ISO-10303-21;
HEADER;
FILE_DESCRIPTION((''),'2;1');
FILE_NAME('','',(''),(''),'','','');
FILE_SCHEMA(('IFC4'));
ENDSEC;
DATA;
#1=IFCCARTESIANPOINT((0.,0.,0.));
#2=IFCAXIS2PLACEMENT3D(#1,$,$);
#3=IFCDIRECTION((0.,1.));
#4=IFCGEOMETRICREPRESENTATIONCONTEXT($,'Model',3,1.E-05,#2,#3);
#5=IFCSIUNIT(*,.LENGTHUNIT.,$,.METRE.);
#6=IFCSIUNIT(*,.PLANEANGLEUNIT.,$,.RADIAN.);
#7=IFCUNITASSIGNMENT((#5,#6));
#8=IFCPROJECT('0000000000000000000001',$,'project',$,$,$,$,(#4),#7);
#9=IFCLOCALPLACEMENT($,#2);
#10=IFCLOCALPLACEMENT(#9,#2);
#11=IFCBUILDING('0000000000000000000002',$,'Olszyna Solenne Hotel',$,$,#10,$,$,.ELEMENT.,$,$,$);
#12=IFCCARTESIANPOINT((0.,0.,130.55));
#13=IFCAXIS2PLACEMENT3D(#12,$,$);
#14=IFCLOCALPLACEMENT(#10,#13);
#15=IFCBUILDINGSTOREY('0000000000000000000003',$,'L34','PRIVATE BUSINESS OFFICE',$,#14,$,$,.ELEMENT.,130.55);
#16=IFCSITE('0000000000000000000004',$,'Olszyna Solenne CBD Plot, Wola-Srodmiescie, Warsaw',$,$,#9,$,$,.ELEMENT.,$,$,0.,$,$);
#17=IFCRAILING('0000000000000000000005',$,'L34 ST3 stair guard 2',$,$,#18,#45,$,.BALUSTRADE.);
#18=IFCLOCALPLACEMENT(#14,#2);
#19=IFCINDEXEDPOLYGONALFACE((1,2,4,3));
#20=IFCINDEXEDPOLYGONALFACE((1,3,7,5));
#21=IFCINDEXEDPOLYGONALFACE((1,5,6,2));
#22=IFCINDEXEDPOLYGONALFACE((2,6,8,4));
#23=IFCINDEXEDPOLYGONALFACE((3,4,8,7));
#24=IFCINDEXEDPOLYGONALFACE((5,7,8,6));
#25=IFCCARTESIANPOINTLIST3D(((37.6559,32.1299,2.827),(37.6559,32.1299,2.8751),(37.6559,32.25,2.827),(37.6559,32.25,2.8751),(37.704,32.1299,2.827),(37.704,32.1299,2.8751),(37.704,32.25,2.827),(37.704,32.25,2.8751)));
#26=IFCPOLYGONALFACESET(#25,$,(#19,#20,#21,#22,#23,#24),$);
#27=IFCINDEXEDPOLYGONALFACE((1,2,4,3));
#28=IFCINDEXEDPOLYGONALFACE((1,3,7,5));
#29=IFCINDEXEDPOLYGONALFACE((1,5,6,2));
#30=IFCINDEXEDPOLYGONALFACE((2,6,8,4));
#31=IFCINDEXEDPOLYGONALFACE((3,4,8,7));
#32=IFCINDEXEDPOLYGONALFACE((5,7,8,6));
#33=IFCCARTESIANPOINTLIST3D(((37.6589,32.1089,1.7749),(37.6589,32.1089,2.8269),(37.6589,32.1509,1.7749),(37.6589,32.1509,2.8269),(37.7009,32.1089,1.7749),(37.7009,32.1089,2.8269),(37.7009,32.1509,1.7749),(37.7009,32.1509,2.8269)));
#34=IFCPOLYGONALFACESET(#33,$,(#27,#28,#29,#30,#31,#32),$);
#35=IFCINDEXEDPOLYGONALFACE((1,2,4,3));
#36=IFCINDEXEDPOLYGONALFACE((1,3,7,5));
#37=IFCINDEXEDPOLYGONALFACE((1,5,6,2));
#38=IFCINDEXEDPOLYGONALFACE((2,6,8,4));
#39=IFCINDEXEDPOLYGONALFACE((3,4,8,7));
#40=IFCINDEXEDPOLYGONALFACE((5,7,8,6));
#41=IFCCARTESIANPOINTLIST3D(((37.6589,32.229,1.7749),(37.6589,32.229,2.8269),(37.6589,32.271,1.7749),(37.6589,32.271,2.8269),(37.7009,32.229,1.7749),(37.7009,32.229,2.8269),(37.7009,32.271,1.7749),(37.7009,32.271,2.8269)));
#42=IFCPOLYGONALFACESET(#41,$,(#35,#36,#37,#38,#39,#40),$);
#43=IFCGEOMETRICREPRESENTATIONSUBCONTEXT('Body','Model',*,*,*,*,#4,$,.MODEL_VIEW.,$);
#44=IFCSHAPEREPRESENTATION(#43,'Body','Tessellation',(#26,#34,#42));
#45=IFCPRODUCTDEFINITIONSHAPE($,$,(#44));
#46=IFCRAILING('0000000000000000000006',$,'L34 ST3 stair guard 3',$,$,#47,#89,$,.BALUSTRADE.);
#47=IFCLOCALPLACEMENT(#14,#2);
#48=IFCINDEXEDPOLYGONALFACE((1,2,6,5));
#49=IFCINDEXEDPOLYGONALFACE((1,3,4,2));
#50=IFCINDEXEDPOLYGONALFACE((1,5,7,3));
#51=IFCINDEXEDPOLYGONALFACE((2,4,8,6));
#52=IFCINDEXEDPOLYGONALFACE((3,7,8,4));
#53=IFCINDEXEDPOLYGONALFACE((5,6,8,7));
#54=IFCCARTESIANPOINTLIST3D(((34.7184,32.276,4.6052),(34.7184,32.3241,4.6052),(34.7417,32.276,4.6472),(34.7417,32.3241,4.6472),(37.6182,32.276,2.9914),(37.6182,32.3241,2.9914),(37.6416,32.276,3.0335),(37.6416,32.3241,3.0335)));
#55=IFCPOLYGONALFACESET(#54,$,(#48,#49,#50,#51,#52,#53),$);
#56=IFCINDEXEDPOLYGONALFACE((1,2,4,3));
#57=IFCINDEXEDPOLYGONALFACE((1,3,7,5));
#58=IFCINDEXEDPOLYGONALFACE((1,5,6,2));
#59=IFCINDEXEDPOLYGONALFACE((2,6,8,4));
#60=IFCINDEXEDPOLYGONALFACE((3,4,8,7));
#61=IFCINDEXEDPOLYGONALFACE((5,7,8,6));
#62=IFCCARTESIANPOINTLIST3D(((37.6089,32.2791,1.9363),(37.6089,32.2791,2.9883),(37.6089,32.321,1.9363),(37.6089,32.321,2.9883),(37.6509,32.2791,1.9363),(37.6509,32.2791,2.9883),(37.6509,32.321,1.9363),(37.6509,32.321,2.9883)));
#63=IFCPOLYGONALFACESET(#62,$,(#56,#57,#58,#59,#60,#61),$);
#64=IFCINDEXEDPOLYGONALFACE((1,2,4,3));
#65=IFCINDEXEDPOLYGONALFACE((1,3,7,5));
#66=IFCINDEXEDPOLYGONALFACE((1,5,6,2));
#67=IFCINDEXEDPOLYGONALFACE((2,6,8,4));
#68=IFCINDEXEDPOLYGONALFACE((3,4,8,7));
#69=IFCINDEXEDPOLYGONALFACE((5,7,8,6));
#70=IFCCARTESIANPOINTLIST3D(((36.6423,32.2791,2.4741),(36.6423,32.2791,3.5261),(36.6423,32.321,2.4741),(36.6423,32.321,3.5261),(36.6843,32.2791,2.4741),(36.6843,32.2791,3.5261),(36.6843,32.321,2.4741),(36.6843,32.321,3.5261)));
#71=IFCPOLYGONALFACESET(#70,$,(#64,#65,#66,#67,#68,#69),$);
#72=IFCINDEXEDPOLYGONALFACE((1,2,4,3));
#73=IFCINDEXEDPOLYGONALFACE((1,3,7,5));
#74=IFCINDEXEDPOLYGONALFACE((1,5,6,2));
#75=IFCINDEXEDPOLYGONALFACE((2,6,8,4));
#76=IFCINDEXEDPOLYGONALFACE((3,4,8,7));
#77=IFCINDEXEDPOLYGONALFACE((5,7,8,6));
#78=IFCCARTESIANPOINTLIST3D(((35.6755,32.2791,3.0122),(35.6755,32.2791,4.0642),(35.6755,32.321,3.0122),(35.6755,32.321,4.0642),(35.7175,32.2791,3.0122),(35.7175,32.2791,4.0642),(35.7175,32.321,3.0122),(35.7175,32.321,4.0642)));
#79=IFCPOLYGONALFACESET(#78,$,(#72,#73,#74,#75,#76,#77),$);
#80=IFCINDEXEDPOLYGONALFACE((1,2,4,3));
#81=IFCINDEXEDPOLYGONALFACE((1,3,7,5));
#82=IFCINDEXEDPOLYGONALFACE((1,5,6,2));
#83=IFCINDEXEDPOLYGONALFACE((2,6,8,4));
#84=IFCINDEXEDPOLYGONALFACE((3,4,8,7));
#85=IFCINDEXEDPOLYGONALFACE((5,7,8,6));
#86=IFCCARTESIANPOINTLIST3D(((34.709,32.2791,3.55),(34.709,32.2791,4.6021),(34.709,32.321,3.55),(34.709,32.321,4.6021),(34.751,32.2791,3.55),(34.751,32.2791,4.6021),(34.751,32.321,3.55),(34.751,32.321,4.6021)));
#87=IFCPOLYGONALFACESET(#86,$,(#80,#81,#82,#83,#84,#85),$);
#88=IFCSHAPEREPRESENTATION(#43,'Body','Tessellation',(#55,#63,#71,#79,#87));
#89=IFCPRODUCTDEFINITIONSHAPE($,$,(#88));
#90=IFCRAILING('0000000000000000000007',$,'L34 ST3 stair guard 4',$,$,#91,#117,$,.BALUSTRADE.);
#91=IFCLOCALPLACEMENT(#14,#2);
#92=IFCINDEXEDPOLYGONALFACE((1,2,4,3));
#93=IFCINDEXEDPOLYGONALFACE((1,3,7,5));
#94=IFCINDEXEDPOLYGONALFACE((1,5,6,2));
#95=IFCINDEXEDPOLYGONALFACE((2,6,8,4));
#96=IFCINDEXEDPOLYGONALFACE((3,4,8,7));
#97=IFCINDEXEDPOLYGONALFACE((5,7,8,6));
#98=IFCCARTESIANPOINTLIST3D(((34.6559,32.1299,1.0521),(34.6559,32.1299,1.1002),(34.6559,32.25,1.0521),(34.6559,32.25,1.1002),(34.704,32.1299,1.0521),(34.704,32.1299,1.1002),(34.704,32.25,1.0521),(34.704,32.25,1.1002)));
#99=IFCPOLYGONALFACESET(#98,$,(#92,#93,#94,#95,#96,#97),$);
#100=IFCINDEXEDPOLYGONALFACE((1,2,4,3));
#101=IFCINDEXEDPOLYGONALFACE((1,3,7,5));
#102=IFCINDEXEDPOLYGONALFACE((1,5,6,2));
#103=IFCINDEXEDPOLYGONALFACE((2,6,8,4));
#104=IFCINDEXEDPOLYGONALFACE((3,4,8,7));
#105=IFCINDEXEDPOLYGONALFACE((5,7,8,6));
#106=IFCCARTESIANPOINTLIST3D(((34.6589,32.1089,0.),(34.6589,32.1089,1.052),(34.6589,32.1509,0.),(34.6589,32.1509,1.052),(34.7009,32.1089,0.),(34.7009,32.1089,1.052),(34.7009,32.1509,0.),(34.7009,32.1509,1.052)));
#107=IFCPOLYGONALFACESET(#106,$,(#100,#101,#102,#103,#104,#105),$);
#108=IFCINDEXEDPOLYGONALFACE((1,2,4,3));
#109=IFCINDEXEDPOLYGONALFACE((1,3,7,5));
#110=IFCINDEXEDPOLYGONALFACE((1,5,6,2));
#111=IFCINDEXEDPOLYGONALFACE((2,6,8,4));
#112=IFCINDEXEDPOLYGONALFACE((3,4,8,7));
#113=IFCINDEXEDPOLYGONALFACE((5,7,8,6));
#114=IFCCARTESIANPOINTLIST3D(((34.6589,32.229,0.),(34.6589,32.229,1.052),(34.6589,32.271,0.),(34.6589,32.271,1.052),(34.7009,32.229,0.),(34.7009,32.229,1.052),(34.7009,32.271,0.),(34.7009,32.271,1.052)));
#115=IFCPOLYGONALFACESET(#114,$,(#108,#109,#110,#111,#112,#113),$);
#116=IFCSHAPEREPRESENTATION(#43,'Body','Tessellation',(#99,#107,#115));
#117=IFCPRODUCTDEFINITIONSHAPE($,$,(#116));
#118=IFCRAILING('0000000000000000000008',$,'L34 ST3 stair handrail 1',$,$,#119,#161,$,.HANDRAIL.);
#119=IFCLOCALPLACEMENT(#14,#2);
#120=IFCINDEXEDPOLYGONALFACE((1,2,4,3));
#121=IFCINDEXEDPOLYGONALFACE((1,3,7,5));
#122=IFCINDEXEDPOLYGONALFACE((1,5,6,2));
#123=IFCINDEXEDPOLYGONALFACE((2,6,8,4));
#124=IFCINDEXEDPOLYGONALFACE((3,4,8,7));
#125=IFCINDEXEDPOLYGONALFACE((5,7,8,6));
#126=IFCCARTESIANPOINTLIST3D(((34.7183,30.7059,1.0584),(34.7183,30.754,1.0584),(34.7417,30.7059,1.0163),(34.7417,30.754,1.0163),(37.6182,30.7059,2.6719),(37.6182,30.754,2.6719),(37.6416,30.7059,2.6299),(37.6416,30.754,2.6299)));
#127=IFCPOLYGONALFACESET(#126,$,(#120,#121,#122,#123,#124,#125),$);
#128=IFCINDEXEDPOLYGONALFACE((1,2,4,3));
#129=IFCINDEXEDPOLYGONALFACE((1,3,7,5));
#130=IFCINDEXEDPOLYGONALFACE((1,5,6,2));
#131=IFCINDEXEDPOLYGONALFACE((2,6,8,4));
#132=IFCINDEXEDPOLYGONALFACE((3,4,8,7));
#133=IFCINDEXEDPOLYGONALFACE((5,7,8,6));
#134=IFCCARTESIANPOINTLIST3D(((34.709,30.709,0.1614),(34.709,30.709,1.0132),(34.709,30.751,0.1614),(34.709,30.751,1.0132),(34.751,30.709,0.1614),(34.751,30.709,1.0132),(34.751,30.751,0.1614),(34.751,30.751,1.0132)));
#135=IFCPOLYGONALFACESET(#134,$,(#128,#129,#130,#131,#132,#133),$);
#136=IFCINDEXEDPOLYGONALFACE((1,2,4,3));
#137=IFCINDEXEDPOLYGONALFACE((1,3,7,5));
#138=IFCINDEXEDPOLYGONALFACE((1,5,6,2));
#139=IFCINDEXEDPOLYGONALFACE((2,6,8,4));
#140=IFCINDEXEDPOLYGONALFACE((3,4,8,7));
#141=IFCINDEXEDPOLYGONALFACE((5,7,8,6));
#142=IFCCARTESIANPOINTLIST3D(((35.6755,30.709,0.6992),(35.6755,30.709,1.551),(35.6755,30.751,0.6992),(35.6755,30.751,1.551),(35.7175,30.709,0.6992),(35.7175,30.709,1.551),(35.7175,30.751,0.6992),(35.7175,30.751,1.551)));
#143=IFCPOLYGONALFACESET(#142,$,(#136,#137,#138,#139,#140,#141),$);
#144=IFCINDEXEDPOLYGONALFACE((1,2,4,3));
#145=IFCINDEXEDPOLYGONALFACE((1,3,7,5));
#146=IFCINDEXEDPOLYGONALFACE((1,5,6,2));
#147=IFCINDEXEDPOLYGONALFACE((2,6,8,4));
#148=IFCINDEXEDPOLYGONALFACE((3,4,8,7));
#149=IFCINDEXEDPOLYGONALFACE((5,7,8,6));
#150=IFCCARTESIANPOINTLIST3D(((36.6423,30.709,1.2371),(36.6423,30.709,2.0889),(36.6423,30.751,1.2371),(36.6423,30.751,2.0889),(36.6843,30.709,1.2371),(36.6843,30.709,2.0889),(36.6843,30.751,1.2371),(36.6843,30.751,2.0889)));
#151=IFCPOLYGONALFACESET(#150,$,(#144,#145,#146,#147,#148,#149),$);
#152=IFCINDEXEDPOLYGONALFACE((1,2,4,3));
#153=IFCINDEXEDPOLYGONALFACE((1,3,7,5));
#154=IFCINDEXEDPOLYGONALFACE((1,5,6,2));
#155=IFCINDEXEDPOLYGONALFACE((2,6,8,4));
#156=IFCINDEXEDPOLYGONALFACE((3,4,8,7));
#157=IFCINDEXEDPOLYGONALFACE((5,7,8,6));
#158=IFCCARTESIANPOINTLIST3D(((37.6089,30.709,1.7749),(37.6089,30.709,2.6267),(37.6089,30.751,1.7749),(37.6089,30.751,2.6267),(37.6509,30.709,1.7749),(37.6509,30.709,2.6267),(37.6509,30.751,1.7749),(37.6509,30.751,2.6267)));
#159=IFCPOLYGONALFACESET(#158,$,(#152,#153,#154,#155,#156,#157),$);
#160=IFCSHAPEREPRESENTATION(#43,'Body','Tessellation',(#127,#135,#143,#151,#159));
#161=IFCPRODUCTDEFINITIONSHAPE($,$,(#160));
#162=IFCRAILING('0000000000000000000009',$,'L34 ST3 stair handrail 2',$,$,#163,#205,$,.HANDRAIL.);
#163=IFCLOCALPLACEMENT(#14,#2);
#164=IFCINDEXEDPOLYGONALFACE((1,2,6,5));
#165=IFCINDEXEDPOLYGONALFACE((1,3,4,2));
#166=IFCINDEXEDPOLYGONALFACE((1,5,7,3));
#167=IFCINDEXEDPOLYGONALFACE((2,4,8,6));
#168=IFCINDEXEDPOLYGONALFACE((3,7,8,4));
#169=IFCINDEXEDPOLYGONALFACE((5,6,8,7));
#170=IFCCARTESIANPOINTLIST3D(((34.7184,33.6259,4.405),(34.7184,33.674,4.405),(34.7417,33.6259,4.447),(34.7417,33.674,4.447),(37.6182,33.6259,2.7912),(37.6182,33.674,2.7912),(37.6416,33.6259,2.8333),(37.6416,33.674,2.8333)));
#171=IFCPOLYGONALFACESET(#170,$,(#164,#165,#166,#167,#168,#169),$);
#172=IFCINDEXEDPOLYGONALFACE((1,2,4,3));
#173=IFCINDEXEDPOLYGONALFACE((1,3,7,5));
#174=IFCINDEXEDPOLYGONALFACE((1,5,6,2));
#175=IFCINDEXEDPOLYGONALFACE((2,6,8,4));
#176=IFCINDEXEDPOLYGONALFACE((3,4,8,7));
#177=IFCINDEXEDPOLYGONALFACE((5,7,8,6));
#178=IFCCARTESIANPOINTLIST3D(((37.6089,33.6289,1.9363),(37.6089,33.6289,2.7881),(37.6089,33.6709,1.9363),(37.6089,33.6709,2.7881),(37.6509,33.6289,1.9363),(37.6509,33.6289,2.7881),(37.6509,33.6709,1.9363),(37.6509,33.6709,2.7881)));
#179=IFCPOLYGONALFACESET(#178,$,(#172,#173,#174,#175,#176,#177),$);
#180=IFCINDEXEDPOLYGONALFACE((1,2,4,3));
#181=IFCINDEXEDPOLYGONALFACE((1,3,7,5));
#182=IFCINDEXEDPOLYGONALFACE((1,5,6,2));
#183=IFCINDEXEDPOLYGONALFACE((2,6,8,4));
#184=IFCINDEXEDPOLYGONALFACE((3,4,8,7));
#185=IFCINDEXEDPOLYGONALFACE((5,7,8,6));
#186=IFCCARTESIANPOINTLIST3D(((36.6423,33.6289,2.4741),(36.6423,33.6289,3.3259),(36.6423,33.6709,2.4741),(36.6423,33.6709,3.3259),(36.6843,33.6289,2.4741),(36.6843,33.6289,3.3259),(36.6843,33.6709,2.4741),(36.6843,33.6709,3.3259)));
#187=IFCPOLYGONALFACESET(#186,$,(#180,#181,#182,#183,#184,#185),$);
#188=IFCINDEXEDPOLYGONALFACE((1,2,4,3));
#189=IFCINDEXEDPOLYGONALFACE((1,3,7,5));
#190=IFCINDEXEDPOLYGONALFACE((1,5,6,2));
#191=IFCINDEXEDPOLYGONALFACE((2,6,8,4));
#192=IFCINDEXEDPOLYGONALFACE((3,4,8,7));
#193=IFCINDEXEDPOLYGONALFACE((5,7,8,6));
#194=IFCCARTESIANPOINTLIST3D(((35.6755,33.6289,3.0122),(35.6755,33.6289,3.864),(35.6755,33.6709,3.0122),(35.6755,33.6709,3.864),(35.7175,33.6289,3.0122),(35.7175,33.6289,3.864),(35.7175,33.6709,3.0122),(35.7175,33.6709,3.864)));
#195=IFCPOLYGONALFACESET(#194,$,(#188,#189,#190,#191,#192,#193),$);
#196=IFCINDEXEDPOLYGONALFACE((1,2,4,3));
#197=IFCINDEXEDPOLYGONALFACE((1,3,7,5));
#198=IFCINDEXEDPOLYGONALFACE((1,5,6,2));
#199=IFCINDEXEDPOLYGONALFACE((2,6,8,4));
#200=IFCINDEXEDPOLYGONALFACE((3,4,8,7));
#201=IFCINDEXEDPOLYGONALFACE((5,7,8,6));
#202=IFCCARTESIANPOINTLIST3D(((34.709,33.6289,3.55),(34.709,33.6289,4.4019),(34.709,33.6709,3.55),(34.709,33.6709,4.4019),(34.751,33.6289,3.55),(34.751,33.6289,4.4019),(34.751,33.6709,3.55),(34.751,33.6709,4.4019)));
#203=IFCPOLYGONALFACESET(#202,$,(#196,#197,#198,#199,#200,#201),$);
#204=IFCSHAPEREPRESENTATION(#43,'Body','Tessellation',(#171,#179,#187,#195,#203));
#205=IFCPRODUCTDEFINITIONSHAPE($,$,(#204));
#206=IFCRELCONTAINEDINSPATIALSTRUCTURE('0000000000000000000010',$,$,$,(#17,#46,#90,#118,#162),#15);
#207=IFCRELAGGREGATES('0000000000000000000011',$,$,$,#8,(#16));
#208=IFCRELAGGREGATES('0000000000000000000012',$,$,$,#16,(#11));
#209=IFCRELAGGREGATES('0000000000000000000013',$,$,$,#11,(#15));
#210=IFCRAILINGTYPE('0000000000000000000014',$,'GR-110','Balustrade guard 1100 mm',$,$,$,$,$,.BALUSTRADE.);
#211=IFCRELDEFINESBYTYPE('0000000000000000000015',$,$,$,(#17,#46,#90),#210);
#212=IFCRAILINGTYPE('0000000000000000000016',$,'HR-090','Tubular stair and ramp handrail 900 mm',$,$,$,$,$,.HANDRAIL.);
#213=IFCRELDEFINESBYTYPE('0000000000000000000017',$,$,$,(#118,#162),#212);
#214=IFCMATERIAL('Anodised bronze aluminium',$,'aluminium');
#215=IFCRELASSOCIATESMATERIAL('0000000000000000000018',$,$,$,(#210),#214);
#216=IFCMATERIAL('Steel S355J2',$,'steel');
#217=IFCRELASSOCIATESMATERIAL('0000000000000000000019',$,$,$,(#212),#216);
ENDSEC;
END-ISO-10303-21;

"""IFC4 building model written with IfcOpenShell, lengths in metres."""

from ifc_helpers import new_model, si_unit, direction, frame, origin, origin_2d, place, context, subcontext, project, spatial, rectangle, extrude, material, type_object, element, save


model = new_model("IFC4")

# Units and contexts
model_context = context("Model", 3, precision=1e-05, world=origin(), true_north=direction((0.0, 1.0)))
body_context = subcontext(model_context, "Body", "Model", "MODEL_VIEW")
ifc_project = project(units=[si_unit("LENGTHUNIT", "METRE"), si_unit("PLANEANGLEUNIT", "RADIAN")], contexts=[model_context])

# Site, building, storey
site_placement = place(None, origin())
site = spatial("IfcSite", under=ifc_project, at=site_placement, Name="Olszyna Solenne CBD Plot, Wola-Srodmiescie, Warsaw", CompositionType="ELEMENT", RefElevation=0.0)
building_placement = place(site_placement, origin())
building = spatial("IfcBuilding", under=site, at=building_placement, Name="Olszyna Solenne Hotel", CompositionType="ELEMENT")
storey_placement = place(building_placement, frame((0.0, 0.0, 130.55)))
storey = spatial("IfcBuildingStorey", under=building, at=storey_placement, Name="L34", Description="PRIVATE BUSINESS OFFICE", CompositionType="ELEMENT", Elevation=130.55)

# Shared definitions
ifc_material_1 = material(Name="Anodised bronze aluminium", Category="aluminium")

# Shared definitions
ifc_material_2 = material(Name="Steel S355J2", Category="steel")

# Railings
railing_type_1 = type_object("IfcRailingType", Name="GR-110", Description="Balustrade guard 1100 mm", PredefinedType="BALUSTRADE", material=ifc_material_1)
railing_1_placement = place(storey_placement, frame((37.6799, 32.1299, 1.7749)))
element("IfcRailing", 1, at=railing_1_placement, inside=storey, type_object=railing_type_1, Name="L34 ST3 stair guard 2", PredefinedType="BALUSTRADE", context=body_context, shape_type="SweptSolid", body=[
    extrude(rectangle(XDim=0.0481, YDim=0.0481, at=origin_2d()), frame((0.0, 0.0, 1.0762), z_axis=(0.0, 1.0, 0.0), x_axis=(-1.0, 0.0, 0.0)), (0.0, 0.0, 1.0), 0.1201),
    extrude(rectangle(XDim=0.042, YDim=0.042, at=origin_2d()), origin(), (0.0, 0.0, 1.0), 1.052),
    extrude(rectangle(XDim=0.042, YDim=0.042, at=origin_2d()), frame((0.0, 0.1201, 0.0)), (0.0, 0.0, 1.0), 1.052),
])
railing_2_placement = place(storey_placement, frame((37.6299, 32.3, 1.9363)))
element("IfcRailing", 2, at=railing_2_placement, inside=storey, type_object=railing_type_1, Name="L34 ST3 stair guard 3", PredefinedType="BALUSTRADE", context=body_context, shape_type="SweptSolid", body=[
    extrude(rectangle(XDim=0.0481, YDim=0.0481, at=origin_2d()), frame((0.0, 0.0, 1.0762), z_axis=(-0.87381, 0.0, 0.486267), x_axis=(0.0, -1.0, 0.0)), (0.0, 0.0, 1.0), 3.3186),
    extrude(rectangle(XDim=0.042, YDim=0.042, at=origin_2d()), origin(), (0.0, 0.0, 1.0), 1.052),
    extrude(rectangle(XDim=0.042, YDim=0.042, at=origin_2d()), frame((-0.9666, 0.0, 0.5378)), (0.0, 0.0, 1.0), 1.052),
    extrude(rectangle(XDim=0.042, YDim=0.042, at=origin_2d()), frame((-1.9333, 0.0, 1.0759)), (0.0, 0.0, 1.0), 1.052),
    extrude(rectangle(XDim=0.042, YDim=0.042, at=origin_2d()), frame((-2.8999, 0.0, 1.6138)), (0.0, 0.0, 1.0), 1.052),
])
railing_3_placement = place(storey_placement, frame((34.6799, 32.1299, 0.0)))
element("IfcRailing", 3, at=railing_3_placement, inside=storey, type_object=railing_type_1, Name="L34 ST3 stair guard 4", PredefinedType="BALUSTRADE", context=body_context, shape_type="SweptSolid", body=[
    extrude(rectangle(XDim=0.0481, YDim=0.0481, at=origin_2d()), frame((0.0, 0.0, 1.0762), z_axis=(0.0, 1.0, 0.0), x_axis=(-1.0, 0.0, 0.0)), (0.0, 0.0, 1.0), 0.1201),
    extrude(rectangle(XDim=0.042, YDim=0.042, at=origin_2d()), origin(), (0.0, 0.0, 1.0), 1.052),
    extrude(rectangle(XDim=0.042, YDim=0.042, at=origin_2d()), frame((0.0, 0.1201, 0.0)), (0.0, 0.0, 1.0), 1.052),
])
railing_type_2 = type_object("IfcRailingType", Name="HR-090", Description="Tubular stair and ramp handrail 900 mm", PredefinedType="HANDRAIL", material=ifc_material_2)
railing_4_placement = place(storey_placement, frame((34.73, 30.73, 0.1614)))
element("IfcRailing", 4, at=railing_4_placement, inside=storey, type_object=railing_type_2, Name="L34 ST3 stair handrail 1", PredefinedType="HANDRAIL", context=body_context, shape_type="SweptSolid", body=[
    extrude(rectangle(XDim=0.0481, YDim=0.0481, at=origin_2d()), frame((0.0, 0.0, 0.876), z_axis=(0.873841, 0.0, 0.486211), x_axis=(0.0, 1.0, 0.0)), (0.0, 0.0, 1.0), 3.3186),
    extrude(rectangle(XDim=0.042, YDim=0.042, at=origin_2d()), origin(), (0.0, 0.0, 1.0), 0.8518),
    extrude(rectangle(XDim=0.042, YDim=0.042, at=origin_2d()), frame((0.9666, 0.0, 0.5378)), (0.0, 0.0, 1.0), 0.8518),
    extrude(rectangle(XDim=0.042, YDim=0.042, at=origin_2d()), frame((1.9333, 0.0, 1.0757)), (0.0, 0.0, 1.0), 0.8518),
    extrude(rectangle(XDim=0.042, YDim=0.042, at=origin_2d()), frame((2.8999, 0.0, 1.6135)), (0.0, 0.0, 1.0), 0.8518),
])
railing_5_placement = place(storey_placement, frame((37.6299, 33.6499, 1.9363)))
element("IfcRailing", 5, at=railing_5_placement, inside=storey, type_object=railing_type_2, Name="L34 ST3 stair handrail 2", PredefinedType="HANDRAIL", context=body_context, shape_type="SweptSolid", body=[
    extrude(rectangle(XDim=0.0481, YDim=0.0481, at=origin_2d()), frame((0.0, 0.0, 0.876), z_axis=(-0.87381, 0.0, 0.486267), x_axis=(0.0, -1.0, 0.0)), (0.0, 0.0, 1.0), 3.3186),
    extrude(rectangle(XDim=0.042, YDim=0.042, at=origin_2d()), origin(), (0.0, 0.0, 1.0), 0.8518),
    extrude(rectangle(XDim=0.042, YDim=0.042, at=origin_2d()), frame((-0.9666, 0.0, 0.5378)), (0.0, 0.0, 1.0), 0.8518),
    extrude(rectangle(XDim=0.042, YDim=0.042, at=origin_2d()), frame((-1.9333, 0.0, 1.0759)), (0.0, 0.0, 1.0), 0.8518),
    extrude(rectangle(XDim=0.042, YDim=0.042, at=origin_2d()), frame((-2.8999, 0.0, 1.6138)), (0.0, 0.0, 1.0), 0.8518),
])

save(model, "model.ifc")
